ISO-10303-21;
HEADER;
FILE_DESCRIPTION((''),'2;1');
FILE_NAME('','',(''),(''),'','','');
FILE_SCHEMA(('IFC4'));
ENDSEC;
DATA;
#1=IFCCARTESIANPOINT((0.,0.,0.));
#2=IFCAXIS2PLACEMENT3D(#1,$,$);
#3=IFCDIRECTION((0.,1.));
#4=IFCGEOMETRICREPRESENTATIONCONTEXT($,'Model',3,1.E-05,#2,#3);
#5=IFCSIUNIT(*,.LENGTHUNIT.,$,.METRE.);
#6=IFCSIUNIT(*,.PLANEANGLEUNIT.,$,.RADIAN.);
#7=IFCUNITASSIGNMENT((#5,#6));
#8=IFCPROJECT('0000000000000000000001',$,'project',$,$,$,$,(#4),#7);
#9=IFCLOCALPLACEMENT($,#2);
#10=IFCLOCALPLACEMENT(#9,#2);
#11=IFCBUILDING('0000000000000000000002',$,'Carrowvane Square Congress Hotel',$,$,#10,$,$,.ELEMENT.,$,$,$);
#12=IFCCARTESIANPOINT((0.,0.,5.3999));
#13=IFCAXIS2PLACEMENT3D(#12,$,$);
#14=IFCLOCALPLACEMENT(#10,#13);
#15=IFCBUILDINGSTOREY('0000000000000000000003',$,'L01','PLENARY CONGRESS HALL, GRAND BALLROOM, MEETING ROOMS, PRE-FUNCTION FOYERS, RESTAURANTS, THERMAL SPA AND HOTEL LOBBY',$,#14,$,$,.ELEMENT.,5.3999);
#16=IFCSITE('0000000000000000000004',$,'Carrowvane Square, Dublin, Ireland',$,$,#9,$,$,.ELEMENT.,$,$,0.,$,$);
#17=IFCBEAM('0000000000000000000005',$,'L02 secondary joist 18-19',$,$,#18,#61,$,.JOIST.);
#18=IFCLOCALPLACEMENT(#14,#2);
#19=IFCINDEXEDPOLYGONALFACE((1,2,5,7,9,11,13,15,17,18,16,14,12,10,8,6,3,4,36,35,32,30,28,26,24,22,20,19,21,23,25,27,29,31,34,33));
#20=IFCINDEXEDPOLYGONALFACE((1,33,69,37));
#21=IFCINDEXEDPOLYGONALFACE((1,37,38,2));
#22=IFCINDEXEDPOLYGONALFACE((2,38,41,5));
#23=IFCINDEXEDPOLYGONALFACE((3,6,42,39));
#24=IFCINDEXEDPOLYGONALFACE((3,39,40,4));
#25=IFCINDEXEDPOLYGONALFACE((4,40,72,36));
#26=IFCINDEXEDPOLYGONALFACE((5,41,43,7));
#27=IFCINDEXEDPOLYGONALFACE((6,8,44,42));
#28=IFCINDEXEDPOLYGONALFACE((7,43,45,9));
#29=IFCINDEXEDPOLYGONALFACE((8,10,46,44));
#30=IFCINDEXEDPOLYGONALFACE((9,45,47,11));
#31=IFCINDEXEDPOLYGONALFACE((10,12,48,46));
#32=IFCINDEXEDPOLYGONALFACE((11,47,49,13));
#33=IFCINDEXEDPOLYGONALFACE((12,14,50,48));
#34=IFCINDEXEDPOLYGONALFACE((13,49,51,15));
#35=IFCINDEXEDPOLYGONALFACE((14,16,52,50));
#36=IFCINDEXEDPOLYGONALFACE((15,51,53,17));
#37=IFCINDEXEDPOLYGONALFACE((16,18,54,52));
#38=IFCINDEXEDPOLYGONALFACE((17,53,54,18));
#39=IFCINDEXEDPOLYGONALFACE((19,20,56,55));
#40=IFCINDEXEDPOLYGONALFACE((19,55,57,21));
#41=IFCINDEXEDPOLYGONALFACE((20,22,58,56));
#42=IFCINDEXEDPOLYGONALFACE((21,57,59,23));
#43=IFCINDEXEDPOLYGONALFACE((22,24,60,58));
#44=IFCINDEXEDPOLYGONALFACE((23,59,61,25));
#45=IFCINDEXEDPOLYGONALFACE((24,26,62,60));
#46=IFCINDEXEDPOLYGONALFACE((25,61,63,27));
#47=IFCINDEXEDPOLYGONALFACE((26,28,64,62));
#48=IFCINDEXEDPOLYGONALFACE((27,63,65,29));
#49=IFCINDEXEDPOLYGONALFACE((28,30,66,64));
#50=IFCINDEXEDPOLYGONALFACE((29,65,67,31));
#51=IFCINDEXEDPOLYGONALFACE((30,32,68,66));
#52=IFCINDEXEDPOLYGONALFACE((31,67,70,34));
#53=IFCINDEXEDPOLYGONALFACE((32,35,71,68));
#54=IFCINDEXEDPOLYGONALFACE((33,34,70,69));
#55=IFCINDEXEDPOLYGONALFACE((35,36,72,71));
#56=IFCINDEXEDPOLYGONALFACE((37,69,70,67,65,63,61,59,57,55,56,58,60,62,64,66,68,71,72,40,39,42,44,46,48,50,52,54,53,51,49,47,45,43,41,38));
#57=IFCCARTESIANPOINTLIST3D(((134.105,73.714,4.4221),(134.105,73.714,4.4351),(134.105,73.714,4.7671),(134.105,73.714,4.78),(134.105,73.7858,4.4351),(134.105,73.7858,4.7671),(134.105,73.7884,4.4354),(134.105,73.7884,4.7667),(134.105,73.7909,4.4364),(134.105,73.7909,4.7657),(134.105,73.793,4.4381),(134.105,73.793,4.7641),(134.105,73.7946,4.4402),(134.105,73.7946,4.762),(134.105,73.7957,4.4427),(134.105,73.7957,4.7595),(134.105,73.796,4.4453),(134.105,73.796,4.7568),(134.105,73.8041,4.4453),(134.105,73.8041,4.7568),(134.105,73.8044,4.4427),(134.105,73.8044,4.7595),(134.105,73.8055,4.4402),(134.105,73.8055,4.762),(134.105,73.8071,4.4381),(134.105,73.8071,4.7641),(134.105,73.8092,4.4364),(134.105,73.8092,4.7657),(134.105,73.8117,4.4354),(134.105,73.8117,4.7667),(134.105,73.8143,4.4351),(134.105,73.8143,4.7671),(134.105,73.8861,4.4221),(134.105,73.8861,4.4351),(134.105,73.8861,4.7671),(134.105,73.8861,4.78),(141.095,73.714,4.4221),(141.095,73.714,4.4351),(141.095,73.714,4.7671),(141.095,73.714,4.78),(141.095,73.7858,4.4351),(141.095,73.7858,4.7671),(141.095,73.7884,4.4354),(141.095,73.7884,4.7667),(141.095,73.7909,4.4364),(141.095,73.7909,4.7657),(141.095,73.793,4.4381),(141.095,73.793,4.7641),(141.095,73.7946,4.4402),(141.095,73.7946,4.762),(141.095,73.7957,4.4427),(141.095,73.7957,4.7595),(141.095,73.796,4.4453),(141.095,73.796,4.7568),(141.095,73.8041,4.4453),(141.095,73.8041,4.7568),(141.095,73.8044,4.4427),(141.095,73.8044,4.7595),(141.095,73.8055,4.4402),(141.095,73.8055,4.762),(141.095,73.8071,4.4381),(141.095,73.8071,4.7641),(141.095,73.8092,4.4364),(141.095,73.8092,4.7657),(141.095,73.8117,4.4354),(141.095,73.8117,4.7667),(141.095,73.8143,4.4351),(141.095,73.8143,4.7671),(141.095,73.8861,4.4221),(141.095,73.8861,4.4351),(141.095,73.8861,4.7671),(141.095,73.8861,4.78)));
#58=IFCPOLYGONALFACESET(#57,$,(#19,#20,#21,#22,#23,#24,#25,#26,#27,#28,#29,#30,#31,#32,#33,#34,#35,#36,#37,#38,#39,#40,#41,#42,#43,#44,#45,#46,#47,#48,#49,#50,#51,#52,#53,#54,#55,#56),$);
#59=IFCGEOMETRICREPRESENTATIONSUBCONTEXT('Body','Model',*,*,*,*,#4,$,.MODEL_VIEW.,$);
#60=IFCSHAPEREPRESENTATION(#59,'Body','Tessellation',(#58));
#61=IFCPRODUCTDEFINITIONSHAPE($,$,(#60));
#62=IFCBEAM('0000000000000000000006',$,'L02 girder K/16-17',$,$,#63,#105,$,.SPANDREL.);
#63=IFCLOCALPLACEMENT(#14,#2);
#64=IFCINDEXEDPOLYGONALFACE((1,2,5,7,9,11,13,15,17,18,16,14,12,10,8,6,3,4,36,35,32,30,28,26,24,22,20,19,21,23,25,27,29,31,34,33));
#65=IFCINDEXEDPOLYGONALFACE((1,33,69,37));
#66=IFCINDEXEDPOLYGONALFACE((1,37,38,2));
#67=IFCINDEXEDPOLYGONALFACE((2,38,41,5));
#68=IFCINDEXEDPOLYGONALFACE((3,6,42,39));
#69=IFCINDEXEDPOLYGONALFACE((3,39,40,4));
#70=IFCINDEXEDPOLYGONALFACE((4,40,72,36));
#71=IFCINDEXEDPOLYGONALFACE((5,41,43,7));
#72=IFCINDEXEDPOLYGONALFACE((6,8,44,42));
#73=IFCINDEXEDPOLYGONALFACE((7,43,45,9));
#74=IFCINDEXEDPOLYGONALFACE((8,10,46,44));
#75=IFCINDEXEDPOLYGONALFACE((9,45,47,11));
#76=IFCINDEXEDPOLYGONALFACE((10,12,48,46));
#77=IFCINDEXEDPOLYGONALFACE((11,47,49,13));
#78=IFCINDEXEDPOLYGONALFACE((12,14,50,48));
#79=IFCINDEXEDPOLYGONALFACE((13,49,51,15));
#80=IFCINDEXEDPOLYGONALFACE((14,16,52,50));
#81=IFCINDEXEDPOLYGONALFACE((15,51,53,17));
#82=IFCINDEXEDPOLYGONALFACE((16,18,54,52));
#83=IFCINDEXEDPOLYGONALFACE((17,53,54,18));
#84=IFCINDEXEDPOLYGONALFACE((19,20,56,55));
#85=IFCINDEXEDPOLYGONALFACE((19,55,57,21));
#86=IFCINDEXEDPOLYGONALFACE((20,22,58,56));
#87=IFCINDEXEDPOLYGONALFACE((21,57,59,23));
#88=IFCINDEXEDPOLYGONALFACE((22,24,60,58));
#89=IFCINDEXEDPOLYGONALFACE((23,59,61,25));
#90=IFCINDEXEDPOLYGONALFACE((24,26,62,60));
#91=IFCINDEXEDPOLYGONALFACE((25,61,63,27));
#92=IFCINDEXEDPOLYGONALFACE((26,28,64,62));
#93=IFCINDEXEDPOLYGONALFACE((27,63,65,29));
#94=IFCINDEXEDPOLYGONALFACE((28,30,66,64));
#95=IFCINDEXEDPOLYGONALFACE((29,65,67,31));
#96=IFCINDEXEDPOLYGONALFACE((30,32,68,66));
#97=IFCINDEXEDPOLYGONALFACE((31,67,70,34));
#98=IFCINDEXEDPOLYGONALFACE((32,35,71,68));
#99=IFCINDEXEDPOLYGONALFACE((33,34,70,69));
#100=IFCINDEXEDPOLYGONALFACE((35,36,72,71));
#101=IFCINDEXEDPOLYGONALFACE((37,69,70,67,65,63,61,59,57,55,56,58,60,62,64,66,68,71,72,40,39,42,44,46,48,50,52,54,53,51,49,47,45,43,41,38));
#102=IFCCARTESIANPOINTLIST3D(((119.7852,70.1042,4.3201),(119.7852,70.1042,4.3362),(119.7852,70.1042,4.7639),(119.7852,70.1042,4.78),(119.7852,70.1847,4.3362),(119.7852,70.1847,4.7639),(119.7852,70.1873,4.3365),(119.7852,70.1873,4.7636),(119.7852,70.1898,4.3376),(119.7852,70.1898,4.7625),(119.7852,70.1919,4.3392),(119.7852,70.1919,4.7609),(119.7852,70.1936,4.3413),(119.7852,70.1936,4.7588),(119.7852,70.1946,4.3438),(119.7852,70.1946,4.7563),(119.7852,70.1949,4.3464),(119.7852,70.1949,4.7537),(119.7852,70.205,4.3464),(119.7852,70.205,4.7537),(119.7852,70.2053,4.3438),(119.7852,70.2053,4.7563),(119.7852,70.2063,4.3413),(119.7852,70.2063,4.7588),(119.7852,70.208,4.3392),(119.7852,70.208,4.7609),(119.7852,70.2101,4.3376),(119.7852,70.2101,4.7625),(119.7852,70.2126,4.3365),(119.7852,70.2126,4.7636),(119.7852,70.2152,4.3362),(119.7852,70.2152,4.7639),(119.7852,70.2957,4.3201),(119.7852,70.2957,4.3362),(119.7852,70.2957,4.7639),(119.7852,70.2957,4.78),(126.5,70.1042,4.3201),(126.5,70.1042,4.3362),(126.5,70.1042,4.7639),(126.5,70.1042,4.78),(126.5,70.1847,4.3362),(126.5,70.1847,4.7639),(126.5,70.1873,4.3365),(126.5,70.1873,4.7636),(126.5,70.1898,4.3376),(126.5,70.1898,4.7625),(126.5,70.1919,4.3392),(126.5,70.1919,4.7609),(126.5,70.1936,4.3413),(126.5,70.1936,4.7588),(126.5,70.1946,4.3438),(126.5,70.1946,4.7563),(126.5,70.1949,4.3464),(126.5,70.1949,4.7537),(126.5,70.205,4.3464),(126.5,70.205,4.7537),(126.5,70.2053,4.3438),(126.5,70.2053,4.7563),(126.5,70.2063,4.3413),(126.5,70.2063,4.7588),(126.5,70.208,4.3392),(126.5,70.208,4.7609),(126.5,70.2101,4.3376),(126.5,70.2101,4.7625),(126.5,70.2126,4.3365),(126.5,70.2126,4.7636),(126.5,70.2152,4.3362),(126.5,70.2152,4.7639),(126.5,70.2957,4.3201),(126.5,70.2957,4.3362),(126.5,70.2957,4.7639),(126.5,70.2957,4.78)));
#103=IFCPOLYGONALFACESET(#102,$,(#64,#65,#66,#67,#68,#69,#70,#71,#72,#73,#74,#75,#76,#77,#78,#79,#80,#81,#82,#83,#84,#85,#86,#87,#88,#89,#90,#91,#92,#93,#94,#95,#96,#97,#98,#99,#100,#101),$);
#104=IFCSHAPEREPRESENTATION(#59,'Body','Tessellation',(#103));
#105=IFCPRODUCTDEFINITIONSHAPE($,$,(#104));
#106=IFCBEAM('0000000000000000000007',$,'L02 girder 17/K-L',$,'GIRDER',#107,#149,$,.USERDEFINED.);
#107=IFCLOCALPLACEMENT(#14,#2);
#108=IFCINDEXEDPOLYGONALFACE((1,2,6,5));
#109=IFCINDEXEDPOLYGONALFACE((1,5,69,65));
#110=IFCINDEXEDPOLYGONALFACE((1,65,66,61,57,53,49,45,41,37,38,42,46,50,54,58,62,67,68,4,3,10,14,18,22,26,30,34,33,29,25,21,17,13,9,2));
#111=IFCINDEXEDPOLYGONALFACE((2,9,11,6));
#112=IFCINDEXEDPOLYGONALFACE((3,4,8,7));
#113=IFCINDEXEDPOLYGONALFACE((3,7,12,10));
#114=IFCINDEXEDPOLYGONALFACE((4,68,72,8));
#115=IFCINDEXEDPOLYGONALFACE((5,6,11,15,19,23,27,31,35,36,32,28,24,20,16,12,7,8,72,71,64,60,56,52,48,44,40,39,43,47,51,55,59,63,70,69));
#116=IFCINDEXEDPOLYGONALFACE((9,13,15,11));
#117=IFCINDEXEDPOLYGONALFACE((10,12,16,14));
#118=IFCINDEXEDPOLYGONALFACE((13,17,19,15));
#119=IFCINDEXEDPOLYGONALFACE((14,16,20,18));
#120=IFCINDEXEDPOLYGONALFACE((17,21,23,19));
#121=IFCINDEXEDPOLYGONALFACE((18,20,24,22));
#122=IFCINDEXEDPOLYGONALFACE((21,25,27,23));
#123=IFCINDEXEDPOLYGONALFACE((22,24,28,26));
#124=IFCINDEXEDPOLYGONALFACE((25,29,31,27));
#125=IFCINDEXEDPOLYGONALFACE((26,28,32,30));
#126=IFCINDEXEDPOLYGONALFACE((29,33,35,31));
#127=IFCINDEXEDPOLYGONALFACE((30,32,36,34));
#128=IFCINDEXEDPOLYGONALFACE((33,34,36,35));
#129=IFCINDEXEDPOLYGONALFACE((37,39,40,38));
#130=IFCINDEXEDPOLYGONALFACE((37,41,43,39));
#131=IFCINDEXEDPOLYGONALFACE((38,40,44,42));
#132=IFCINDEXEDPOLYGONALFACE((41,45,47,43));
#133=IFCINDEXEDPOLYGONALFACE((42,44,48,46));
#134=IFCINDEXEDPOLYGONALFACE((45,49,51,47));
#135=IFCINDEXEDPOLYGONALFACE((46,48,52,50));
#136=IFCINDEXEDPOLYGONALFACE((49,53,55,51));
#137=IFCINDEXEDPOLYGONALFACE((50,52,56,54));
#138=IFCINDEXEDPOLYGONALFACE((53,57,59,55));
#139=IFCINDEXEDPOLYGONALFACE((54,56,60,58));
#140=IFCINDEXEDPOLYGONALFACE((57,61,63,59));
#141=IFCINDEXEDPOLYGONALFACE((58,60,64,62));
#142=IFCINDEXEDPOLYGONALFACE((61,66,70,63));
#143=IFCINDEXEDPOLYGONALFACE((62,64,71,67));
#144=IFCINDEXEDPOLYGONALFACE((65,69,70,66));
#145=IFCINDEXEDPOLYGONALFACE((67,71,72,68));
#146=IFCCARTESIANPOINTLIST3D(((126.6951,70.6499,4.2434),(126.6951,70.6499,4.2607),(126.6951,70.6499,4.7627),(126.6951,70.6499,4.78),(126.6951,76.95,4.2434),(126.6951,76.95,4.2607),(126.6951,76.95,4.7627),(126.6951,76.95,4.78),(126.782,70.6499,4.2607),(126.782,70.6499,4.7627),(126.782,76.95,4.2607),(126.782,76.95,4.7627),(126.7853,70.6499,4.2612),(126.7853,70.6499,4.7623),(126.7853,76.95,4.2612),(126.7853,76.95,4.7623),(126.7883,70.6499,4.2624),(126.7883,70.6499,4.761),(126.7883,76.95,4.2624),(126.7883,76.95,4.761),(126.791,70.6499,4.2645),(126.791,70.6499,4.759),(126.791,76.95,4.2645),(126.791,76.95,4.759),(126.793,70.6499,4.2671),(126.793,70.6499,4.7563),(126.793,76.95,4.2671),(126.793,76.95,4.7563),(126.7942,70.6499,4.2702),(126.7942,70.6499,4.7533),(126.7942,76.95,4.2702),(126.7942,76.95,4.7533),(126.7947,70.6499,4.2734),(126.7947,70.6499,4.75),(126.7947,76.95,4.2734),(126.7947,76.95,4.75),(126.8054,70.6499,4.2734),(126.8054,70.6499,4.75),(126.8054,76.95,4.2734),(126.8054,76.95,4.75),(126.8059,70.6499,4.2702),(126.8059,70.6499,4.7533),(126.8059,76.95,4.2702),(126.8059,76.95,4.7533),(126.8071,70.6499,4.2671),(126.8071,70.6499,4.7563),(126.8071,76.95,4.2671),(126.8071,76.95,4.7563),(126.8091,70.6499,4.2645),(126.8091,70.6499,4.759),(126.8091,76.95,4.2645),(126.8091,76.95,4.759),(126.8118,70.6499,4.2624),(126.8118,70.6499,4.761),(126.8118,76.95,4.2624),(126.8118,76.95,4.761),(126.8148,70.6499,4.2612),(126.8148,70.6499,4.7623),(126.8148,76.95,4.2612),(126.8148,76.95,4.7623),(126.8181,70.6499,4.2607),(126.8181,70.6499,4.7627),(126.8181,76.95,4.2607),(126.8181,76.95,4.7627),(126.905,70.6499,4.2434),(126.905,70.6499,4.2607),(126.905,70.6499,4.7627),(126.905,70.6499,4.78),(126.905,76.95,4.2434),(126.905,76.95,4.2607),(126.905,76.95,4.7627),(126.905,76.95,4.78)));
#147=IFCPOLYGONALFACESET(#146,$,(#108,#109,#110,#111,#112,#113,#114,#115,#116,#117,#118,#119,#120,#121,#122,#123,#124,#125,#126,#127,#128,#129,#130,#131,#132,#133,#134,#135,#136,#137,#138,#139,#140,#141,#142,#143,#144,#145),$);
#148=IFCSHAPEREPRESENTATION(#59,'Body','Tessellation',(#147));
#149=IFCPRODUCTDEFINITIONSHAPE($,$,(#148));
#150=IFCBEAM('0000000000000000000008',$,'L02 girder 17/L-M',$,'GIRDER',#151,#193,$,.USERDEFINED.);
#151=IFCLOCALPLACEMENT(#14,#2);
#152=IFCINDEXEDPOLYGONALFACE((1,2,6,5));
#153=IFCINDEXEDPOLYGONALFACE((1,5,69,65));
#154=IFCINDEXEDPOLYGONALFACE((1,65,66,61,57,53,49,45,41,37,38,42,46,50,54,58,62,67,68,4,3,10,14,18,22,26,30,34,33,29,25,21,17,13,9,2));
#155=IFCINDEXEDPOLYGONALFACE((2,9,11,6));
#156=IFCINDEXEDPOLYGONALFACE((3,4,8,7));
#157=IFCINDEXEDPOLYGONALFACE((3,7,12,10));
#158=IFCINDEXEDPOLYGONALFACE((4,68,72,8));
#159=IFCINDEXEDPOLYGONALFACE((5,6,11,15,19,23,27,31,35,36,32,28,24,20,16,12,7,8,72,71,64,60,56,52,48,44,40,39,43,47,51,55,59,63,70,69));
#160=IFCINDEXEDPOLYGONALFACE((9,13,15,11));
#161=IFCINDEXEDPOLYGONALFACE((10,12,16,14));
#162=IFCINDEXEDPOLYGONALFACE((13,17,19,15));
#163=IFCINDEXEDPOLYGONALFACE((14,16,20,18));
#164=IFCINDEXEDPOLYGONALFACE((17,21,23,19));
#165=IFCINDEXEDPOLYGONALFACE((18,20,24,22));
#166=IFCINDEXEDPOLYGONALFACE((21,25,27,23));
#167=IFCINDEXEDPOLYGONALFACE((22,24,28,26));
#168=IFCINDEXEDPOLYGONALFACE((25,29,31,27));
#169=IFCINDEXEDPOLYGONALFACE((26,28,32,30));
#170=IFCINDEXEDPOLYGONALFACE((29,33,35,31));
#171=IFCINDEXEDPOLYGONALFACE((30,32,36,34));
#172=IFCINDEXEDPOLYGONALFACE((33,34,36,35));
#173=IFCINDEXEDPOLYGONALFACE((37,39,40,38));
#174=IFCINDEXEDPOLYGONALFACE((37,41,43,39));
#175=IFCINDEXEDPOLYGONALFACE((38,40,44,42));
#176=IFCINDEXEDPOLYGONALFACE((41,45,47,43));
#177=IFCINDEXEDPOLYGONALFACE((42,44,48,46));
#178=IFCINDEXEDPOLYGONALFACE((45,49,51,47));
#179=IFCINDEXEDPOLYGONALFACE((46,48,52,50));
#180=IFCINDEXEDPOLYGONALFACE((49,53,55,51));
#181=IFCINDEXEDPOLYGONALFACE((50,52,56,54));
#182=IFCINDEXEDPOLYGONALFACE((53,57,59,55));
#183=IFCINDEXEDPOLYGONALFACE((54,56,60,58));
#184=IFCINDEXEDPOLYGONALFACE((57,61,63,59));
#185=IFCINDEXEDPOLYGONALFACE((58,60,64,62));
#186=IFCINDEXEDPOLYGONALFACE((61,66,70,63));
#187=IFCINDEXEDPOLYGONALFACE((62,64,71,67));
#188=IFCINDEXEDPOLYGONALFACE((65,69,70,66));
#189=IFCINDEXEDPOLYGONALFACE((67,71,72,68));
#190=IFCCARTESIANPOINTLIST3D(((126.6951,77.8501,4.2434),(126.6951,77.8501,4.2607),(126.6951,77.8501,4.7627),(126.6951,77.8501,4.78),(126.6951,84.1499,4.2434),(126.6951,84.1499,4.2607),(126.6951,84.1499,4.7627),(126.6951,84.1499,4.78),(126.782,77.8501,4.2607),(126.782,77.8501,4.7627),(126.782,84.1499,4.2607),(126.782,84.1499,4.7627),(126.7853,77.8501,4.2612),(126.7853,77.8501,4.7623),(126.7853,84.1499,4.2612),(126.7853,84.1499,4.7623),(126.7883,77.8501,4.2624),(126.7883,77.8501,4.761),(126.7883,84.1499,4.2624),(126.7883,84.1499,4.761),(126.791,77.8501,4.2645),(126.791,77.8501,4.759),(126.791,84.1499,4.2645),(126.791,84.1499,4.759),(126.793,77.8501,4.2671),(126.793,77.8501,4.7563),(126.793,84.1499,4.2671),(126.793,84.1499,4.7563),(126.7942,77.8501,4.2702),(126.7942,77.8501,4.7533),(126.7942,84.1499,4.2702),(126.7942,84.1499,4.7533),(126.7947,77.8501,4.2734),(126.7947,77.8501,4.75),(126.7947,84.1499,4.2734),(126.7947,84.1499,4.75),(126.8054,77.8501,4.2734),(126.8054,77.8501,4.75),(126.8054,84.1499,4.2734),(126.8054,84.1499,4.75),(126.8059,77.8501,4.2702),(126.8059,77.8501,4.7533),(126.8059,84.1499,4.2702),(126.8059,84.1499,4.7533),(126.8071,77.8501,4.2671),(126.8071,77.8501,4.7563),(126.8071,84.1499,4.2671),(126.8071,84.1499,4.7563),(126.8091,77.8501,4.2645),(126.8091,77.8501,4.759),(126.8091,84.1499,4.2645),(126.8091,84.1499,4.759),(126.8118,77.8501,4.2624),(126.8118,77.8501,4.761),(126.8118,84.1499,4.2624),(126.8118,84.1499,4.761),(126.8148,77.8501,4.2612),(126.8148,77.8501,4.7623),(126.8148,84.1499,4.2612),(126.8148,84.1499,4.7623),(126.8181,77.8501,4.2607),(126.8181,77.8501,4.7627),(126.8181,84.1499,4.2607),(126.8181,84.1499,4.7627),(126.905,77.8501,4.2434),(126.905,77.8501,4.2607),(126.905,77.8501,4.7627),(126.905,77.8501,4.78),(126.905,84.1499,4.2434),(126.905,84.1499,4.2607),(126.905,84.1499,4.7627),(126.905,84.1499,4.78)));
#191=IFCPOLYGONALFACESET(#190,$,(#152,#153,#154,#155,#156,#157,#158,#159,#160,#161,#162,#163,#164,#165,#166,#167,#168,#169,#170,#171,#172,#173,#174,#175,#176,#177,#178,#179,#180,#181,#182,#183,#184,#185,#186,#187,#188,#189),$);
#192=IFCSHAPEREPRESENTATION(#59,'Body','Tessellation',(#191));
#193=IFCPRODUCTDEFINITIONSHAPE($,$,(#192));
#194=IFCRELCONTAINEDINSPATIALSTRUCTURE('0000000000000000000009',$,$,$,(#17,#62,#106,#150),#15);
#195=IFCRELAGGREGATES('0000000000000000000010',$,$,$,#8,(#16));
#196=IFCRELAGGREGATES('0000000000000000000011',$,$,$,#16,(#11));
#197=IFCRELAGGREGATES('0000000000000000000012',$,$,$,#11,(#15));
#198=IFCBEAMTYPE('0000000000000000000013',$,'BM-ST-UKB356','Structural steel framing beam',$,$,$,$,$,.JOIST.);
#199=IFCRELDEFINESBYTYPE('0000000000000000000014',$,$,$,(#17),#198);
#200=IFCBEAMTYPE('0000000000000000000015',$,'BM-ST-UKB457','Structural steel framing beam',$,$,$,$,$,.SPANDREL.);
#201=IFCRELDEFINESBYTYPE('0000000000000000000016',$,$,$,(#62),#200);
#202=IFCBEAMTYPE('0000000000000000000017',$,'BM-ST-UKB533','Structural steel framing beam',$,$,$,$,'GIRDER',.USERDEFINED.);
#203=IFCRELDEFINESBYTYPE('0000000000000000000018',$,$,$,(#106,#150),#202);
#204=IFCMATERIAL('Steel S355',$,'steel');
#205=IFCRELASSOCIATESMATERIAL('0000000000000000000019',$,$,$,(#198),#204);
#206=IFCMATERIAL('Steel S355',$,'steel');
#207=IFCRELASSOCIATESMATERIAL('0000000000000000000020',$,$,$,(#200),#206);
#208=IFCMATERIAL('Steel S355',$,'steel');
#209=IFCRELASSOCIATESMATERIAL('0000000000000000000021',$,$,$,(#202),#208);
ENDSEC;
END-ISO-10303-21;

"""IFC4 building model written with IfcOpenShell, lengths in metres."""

from ifc_helpers import new_model, si_unit, direction, frame, origin, origin_2d, place, context, subcontext, project, spatial, i_section, extrude, material, material_profile, profile_set, type_object, element, save


model = new_model("IFC4")

# Units and contexts
model_context = context("Model", 3, precision=1e-05, world=origin(), true_north=direction((0.0, 1.0)))
body_context = subcontext(model_context, "Body", "Model", "MODEL_VIEW")
ifc_project = project(units=[si_unit("LENGTHUNIT", "METRE"), si_unit("PLANEANGLEUNIT", "RADIAN")], contexts=[model_context])

# Site, building, storey
site_placement = place(None, origin())
site = spatial("IfcSite", under=ifc_project, at=site_placement, Name="Carrowvane Square, Dublin, Ireland", CompositionType="ELEMENT", RefElevation=0.0)
building_placement = place(site_placement, origin())
building = spatial("IfcBuilding", under=site, at=building_placement, Name="Carrowvane Square Congress Hotel", CompositionType="ELEMENT")
storey_placement = place(building_placement, frame((0.0, 0.0, 5.3999)))
storey = spatial("IfcBuildingStorey", under=building, at=storey_placement, Name="L01", Description="PLENARY CONGRESS HALL, GRAND BALLROOM, MEETING ROOMS, PRE-FUNCTION FOYERS, RESTAURANTS, THERMAL SPA AND HOTEL LOBBY", CompositionType="ELEMENT", Elevation=5.3999)

# Beams
ifc_material_1 = material(Name="Steel S355", Category="steel")
ifc_material_profile_1 = material_profile(ifc_material_1, i_section(OverallWidth=0.1721, OverallDepth=0.3579, WebThickness=0.0081, FlangeThickness=0.0129, FilletRadius=0.0103, at=origin_2d()), Name="UKB 356x171x57")
ifc_profile_set_1 = profile_set([ifc_material_profile_1], Name="Steel S355")
beam_type_1 = type_object("IfcBeamType", Name="BM-ST-UKB356", Description="Structural steel framing beam", PredefinedType="JOIST", material=ifc_profile_set_1)
for number, where, z_axis, x_axis, name in (
    (1, (134.105, 73.8, 4.6011), (1.0, 0.0, 0.0), (0.0, 1.0, 0.0), "L02 secondary joist 18-19"),
):
    element("IfcBeam", number, at=place(storey_placement, frame(where, z_axis=z_axis, x_axis=x_axis)), inside=storey, type_object=beam_type_1, Name=name, PredefinedType="JOIST", context=body_context, shape_type="SweptSolid", body=[
        extrude(i_section(OverallWidth=0.1721, OverallDepth=0.3579, WebThickness=0.0081, FlangeThickness=0.0129, FilletRadius=0.0103, at=origin_2d()), origin(), (0.0, 0.0, 1.0), 6.99),
    ])
ifc_material_2 = material(Name="Steel S355", Category="steel")
ifc_material_profile_2 = material_profile(ifc_material_2, i_section(OverallWidth=0.1914, OverallDepth=0.46, WebThickness=0.01, FlangeThickness=0.0161, FilletRadius=0.0103, at=origin_2d()), Name="UKB 457x191x82")
ifc_profile_set_2 = profile_set([ifc_material_profile_2], Name="Steel S355")
beam_type_2 = type_object("IfcBeamType", Name="BM-ST-UKB457", Description="Structural steel framing beam", PredefinedType="SPANDREL", material=ifc_profile_set_2)
beam_1_placement = place(storey_placement, frame((119.7852, 70.2, 4.55), z_axis=(1.0, 0.0, 0.0), x_axis=(0.0, 1.0, 0.0)))
element("IfcBeam", 2, at=beam_1_placement, inside=storey, type_object=beam_type_2, Name="L02 girder K/16-17", PredefinedType="SPANDREL", context=body_context, shape_type="SweptSolid", body=[
    extrude(i_section(OverallWidth=0.1914, OverallDepth=0.46, WebThickness=0.01, FlangeThickness=0.0161, FilletRadius=0.0103, at=origin_2d()), origin(), (0.0, 0.0, 1.0), 6.7148),
])
ifc_material_3 = material(Name="Steel S355", Category="steel")
ifc_material_profile_3 = material_profile(ifc_material_3, i_section(OverallWidth=0.21, OverallDepth=0.5366, WebThickness=0.0107, FlangeThickness=0.0173, FilletRadius=0.0127, at=origin_2d()), Name="UKB 533x210x101")
ifc_profile_set_3 = profile_set([ifc_material_profile_3], Name="Steel S355")
beam_type_3 = type_object("IfcBeamType", Name="BM-ST-UKB533", Description="Structural steel framing beam", ElementType="GIRDER", PredefinedType="USERDEFINED", material=ifc_profile_set_3)
beam_2_placement = place(storey_placement, frame((126.8, 70.6499, 4.5117), z_axis=(0.0, 1.0, 0.0), x_axis=(-1.0, 0.0, 0.0)))
element("IfcBeam", 3, at=beam_2_placement, inside=storey, type_object=beam_type_3, Name="L02 girder 17/K-L", ObjectType="GIRDER", PredefinedType="USERDEFINED", context=body_context, shape_type="SweptSolid", body=[
    extrude(i_section(OverallWidth=0.21, OverallDepth=0.5366, WebThickness=0.0107, FlangeThickness=0.0173, FilletRadius=0.0127, at=origin_2d()), origin(), (0.0, 0.0, 1.0), 6.3),
])
beam_3_placement = place(storey_placement, frame((126.8, 77.8501, 4.5117), z_axis=(0.0, 1.0, 0.0), x_axis=(-1.0, 0.0, 0.0)))
element("IfcBeam", 4, at=beam_3_placement, inside=storey, type_object=beam_type_3, Name="L02 girder 17/L-M", ObjectType="GIRDER", PredefinedType="USERDEFINED", context=body_context, shape_type="SweptSolid", body=[
    extrude(i_section(OverallWidth=0.21, OverallDepth=0.5366, WebThickness=0.0107, FlangeThickness=0.0173, FilletRadius=0.0127, at=origin_2d()), origin(), (0.0, 0.0, 1.0), 6.2998),
])

save(model, "model.ifc")
